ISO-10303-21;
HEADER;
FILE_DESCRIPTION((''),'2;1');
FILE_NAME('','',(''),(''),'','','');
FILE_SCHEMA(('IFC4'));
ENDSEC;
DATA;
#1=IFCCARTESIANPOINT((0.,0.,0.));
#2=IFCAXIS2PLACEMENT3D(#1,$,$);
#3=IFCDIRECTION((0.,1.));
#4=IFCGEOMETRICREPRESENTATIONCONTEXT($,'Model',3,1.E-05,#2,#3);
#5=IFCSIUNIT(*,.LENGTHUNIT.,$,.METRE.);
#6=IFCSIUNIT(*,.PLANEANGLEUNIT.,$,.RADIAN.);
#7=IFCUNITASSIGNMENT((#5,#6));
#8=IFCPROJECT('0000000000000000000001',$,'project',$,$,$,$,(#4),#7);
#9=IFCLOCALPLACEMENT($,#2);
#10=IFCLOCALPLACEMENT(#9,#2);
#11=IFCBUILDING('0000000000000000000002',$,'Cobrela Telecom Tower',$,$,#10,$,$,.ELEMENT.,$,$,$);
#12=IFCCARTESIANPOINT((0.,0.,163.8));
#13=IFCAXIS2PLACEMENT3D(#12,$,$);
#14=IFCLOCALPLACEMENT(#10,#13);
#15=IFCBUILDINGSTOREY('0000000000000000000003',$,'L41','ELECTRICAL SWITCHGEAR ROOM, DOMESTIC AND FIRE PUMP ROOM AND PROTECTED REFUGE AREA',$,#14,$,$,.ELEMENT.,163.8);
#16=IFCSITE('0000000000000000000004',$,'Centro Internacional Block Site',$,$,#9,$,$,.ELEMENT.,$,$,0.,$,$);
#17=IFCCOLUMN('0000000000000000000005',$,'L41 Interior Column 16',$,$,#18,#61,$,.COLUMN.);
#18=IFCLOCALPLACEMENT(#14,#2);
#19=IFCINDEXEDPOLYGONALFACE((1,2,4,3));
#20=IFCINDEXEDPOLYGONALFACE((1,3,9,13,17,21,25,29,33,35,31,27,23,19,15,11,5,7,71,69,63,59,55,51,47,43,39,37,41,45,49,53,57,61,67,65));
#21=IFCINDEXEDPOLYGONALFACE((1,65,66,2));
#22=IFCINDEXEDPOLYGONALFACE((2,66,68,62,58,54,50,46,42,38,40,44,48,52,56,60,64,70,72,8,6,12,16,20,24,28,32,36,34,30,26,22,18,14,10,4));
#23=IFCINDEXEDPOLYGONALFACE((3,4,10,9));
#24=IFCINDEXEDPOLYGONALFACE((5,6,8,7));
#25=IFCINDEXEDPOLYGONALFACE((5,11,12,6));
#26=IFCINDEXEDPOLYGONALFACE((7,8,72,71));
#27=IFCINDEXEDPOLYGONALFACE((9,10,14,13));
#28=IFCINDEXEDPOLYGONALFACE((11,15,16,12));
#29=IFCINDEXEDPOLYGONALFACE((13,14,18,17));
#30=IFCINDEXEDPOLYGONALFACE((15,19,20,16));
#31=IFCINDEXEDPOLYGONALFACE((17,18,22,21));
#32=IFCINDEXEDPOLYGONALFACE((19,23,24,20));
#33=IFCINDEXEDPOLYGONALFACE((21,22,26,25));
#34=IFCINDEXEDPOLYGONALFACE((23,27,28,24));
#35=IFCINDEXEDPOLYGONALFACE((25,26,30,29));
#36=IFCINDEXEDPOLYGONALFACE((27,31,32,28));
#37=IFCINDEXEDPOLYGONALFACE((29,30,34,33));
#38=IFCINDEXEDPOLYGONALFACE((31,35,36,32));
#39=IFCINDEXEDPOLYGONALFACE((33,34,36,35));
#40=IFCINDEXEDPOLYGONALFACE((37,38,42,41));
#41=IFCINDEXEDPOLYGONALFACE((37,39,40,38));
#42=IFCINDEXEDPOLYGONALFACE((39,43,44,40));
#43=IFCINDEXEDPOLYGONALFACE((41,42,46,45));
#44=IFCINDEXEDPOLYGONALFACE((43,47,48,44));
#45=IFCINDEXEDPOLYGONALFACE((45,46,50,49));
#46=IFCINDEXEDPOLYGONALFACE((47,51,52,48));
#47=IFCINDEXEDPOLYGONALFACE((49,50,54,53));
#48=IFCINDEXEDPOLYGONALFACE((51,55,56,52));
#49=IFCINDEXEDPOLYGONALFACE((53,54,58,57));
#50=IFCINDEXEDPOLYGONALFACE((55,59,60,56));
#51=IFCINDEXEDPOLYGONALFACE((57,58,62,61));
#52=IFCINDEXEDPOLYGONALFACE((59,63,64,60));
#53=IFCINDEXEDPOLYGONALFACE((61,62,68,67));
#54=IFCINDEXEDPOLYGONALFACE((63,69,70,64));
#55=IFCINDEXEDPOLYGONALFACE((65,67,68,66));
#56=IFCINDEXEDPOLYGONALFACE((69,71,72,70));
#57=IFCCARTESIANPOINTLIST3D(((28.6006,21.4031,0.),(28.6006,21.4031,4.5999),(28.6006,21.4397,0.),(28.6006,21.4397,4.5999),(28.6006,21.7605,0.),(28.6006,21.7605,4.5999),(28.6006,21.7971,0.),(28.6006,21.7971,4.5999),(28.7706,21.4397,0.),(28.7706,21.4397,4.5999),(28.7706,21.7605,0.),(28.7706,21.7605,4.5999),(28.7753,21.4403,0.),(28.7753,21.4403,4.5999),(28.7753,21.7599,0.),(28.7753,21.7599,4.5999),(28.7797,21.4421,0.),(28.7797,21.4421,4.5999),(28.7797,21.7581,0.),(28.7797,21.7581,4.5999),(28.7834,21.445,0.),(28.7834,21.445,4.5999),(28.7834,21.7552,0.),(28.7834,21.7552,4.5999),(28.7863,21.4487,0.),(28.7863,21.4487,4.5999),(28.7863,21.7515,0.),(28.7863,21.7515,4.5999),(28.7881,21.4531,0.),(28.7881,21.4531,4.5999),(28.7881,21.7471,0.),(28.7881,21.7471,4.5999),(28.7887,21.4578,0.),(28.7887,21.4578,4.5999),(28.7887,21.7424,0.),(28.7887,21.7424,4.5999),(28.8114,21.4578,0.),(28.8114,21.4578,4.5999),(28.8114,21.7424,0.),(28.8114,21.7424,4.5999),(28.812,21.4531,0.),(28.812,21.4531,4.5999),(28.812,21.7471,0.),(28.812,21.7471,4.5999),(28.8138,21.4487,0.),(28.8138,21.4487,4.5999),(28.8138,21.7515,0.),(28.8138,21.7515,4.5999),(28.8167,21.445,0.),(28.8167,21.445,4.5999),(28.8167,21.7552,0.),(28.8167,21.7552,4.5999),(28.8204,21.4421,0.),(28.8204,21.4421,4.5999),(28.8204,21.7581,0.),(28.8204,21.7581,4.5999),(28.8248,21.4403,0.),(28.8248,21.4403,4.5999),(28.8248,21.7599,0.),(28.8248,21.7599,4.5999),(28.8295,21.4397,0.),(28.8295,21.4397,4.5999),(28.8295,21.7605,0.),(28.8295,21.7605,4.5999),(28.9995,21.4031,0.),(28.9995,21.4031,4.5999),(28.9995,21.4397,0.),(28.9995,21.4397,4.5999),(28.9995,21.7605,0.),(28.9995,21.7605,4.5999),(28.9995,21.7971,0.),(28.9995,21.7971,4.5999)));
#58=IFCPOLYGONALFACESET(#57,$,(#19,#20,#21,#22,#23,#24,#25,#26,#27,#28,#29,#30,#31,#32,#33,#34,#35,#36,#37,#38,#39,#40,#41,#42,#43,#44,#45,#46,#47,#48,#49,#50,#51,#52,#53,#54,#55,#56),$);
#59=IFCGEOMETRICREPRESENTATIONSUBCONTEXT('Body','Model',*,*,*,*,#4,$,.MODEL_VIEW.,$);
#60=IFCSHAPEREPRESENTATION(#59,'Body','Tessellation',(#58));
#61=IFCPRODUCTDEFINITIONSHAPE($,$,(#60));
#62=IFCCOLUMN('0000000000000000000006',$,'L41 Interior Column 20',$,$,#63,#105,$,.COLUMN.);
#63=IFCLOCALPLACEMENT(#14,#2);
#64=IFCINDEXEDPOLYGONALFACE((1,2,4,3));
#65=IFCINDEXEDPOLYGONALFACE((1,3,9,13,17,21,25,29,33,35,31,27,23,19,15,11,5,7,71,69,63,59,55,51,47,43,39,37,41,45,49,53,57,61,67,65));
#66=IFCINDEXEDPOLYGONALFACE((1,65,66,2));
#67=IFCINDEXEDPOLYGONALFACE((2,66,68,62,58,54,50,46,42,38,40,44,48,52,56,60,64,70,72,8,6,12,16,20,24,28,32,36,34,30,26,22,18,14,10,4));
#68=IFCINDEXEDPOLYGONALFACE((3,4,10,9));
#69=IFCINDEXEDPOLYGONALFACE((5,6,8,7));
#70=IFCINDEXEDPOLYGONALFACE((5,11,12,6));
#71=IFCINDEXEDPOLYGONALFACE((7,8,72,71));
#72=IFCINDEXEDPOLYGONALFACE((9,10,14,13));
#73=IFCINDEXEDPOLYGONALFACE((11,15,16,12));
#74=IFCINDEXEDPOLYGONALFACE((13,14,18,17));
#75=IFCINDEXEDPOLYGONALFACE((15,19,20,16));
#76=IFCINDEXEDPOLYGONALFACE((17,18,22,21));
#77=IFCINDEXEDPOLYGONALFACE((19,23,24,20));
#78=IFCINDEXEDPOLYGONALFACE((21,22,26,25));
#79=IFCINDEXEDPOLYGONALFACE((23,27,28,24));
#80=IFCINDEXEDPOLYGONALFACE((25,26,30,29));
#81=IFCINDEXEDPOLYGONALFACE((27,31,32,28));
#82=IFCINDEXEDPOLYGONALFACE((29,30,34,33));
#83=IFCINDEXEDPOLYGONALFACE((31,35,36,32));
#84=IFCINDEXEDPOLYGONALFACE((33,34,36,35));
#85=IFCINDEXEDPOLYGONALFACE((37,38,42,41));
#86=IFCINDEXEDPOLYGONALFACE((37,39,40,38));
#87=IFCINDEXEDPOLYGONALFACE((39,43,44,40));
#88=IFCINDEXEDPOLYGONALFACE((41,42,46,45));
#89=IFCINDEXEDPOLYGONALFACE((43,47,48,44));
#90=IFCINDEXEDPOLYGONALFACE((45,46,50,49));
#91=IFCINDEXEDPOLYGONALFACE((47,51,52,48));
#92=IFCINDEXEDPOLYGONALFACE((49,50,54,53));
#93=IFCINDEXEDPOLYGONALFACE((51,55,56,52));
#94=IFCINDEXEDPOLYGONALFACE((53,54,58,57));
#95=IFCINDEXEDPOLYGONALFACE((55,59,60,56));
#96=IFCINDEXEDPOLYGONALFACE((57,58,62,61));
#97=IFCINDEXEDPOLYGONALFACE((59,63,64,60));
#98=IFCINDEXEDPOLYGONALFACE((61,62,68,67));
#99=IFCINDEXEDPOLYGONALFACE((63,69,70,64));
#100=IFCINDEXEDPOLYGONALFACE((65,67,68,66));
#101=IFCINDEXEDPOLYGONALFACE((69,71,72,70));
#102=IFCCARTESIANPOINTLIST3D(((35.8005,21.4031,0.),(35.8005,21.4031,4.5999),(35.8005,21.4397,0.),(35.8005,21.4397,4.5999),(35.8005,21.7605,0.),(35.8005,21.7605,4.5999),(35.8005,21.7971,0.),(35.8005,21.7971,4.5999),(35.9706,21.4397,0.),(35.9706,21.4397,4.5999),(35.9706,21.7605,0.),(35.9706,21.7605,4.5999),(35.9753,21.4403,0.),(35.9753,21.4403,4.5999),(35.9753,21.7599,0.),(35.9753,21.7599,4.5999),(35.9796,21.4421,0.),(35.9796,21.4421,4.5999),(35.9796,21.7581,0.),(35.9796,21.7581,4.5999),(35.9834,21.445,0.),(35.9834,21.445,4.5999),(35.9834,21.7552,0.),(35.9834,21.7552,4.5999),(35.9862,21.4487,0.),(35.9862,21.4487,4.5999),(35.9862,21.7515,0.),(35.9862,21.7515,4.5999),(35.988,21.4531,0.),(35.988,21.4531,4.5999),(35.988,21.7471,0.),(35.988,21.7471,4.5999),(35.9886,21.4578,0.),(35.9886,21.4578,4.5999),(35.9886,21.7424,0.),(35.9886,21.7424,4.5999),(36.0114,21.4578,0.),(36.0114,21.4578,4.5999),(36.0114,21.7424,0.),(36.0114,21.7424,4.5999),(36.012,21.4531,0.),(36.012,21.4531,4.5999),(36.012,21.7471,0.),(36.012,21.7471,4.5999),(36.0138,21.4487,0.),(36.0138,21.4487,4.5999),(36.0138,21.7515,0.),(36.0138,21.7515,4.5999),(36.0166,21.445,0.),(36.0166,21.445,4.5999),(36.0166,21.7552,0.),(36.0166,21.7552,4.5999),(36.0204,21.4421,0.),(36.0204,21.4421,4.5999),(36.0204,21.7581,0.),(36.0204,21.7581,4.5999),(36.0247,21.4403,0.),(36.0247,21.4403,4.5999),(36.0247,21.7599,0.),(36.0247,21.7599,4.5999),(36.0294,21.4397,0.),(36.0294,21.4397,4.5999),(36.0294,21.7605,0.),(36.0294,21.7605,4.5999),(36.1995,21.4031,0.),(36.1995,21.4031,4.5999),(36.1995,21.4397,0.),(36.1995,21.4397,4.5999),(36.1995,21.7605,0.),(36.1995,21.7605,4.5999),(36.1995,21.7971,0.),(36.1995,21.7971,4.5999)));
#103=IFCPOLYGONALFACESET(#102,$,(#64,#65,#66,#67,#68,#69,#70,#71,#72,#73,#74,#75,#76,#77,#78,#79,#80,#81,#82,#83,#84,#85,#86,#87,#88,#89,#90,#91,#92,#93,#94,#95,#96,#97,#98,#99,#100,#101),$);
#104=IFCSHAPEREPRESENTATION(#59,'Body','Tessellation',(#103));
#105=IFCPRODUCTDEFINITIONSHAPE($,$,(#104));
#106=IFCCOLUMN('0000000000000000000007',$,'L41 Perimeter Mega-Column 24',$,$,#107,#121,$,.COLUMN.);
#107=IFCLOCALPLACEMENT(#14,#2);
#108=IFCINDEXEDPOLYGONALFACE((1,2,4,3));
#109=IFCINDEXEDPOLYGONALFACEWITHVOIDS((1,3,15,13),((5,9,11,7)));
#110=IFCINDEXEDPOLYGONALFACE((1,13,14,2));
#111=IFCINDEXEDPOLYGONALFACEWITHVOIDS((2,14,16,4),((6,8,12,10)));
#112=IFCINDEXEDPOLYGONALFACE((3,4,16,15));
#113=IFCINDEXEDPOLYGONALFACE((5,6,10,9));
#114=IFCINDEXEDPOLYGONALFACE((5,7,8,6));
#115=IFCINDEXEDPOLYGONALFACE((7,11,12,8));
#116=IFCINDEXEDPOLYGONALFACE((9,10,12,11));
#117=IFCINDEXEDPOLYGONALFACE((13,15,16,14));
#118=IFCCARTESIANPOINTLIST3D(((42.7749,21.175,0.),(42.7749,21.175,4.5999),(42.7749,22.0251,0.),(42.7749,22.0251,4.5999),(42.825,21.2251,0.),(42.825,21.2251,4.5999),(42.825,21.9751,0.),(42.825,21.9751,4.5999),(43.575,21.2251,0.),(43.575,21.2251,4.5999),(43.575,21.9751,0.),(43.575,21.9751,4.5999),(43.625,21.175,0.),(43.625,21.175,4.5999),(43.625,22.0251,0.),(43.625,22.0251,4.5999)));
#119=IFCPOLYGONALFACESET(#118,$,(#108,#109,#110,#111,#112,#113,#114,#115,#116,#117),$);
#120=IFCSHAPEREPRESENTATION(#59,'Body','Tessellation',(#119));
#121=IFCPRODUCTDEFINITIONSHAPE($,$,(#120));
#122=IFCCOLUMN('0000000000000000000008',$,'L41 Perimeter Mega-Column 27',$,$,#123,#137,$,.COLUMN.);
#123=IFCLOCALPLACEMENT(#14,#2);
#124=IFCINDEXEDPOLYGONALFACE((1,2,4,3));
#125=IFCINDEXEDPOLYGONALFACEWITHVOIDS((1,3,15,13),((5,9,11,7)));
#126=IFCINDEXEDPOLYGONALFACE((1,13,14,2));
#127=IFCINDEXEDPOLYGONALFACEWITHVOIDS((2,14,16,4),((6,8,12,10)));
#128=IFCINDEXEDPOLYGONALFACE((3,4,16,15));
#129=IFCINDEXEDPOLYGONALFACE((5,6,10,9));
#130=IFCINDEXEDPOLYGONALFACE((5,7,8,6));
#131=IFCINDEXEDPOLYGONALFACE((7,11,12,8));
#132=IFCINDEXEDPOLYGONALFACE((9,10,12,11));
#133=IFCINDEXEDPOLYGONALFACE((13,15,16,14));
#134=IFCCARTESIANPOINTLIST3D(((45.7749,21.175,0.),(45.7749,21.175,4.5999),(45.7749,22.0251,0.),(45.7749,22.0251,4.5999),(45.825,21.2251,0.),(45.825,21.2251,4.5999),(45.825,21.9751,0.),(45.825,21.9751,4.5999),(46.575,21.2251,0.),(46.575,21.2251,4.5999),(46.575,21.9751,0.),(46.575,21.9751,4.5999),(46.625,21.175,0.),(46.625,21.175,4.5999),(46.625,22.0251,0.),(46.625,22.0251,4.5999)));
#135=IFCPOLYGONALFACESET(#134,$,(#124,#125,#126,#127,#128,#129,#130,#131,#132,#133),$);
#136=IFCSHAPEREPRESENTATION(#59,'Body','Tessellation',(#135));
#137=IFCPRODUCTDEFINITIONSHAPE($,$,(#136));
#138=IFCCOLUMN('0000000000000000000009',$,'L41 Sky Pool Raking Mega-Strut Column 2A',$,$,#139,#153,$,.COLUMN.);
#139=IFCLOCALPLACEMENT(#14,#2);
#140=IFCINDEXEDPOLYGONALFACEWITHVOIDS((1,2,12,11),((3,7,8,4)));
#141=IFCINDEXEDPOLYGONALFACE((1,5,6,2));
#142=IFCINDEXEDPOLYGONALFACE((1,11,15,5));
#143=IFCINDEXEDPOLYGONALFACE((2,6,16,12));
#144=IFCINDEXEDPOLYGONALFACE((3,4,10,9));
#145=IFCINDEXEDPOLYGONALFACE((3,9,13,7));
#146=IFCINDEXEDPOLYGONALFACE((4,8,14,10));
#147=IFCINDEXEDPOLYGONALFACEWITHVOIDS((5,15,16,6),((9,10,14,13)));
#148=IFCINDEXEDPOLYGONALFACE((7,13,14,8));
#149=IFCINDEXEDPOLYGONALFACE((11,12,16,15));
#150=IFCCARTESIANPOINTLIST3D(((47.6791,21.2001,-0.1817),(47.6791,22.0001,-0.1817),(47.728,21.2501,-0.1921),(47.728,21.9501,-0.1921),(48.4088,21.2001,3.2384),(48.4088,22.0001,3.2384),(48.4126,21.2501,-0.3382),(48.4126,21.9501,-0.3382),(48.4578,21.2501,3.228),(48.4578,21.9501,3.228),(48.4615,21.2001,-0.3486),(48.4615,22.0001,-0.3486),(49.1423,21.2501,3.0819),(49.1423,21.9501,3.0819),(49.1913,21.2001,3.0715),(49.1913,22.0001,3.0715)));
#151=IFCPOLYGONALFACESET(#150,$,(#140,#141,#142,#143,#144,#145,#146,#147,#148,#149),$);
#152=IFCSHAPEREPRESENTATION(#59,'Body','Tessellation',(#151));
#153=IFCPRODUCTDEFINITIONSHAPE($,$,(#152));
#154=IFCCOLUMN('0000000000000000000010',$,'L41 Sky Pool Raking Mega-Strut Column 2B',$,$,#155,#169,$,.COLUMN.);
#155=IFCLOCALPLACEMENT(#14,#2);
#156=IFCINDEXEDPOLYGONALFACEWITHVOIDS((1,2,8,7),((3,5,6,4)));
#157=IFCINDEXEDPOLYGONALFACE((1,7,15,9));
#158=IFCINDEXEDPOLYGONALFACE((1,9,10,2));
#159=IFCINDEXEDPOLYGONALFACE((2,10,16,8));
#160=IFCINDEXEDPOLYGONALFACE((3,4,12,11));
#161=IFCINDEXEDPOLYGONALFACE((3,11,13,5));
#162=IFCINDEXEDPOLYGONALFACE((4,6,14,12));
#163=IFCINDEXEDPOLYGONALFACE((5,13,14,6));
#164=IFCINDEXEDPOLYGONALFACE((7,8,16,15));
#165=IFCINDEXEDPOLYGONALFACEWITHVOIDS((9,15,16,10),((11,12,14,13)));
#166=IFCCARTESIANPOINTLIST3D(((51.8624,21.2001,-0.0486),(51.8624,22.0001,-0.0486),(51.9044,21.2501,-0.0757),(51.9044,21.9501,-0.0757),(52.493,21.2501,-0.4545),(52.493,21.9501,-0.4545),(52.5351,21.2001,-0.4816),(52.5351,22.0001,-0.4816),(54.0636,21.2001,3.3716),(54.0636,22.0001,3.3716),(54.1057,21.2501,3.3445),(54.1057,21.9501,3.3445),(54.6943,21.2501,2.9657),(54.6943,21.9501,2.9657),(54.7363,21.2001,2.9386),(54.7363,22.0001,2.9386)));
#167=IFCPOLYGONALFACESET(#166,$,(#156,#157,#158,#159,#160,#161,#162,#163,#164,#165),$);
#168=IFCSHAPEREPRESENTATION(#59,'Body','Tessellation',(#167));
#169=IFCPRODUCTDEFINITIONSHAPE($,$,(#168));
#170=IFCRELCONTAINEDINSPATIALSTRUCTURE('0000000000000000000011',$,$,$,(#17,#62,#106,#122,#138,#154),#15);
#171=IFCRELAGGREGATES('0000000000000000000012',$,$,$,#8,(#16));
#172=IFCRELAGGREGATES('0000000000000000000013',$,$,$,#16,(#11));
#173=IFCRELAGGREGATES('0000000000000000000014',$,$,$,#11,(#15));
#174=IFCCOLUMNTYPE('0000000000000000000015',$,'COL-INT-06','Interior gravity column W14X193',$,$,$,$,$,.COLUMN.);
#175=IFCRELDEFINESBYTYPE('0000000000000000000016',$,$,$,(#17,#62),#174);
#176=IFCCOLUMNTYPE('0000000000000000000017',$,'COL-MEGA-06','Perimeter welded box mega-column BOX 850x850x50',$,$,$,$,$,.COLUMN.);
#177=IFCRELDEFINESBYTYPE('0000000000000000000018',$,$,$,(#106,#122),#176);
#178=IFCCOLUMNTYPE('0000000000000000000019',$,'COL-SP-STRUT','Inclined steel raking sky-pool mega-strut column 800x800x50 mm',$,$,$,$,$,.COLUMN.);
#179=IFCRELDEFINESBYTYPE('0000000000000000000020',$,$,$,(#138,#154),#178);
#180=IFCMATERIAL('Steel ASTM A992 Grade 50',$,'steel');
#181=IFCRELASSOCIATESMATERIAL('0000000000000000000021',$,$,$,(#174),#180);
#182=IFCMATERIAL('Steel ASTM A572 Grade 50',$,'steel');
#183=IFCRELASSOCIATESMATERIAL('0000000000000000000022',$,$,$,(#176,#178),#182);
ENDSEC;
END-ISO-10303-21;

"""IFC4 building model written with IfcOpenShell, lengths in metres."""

from ifc_helpers import new_model, si_unit, direction, frame, origin, origin_2d, place, context, subcontext, project, spatial, hollow_rectangle, i_section, extrude, material, material_profile, profile_set, type_object, element, save


model = new_model("IFC4")

# Units and contexts
model_context = context("Model", 3, precision=1e-05, world=origin(), true_north=direction((0.0, 1.0)))
body_context = subcontext(model_context, "Body", "Model", "MODEL_VIEW")
ifc_project = project(units=[si_unit("LENGTHUNIT", "METRE"), si_unit("PLANEANGLEUNIT", "RADIAN")], contexts=[model_context])

# Site, building, storey
site_placement = place(None, origin())
site = spatial("IfcSite", under=ifc_project, at=site_placement, Name="Centro Internacional Block Site", CompositionType="ELEMENT", RefElevation=0.0)
building_placement = place(site_placement, origin())
building = spatial("IfcBuilding", under=site, at=building_placement, Name="Cobrela Telecom Tower", CompositionType="ELEMENT")
storey_placement = place(building_placement, frame((0.0, 0.0, 163.8)))
storey = spatial("IfcBuildingStorey", under=building, at=storey_placement, Name="L41", Description="ELECTRICAL SWITCHGEAR ROOM, DOMESTIC AND FIRE PUMP ROOM AND PROTECTED REFUGE AREA", CompositionType="ELEMENT", Elevation=163.8)

# Columns
ifc_material_1 = material(Name="Steel ASTM A992 Grade 50", Category="steel")
ifc_material_profile_1 = material_profile(ifc_material_1, i_section(OverallWidth=0.3989, OverallDepth=0.394, WebThickness=0.0227, FlangeThickness=0.0366, FilletRadius=0.0181, at=origin_2d()), Name="W14X193")
ifc_profile_set_1 = profile_set([ifc_material_profile_1], Name="Steel ASTM A992 Grade 50")
column_type_1 = type_object("IfcColumnType", Name="COL-INT-06", Description="Interior gravity column W14X193", PredefinedType="COLUMN", material=ifc_profile_set_1)
for number, where, z_axis, x_axis, name in (
    (1, (28.8, 21.6001, 0.0), (0.0, 0.0, 1.0), (1.0, 0.0, 0.0), "L41 Interior Column 16"),
    (2, (36.0, 21.6001, 0.0), (0.0, 0.0, 1.0), (1.0, 0.0, 0.0), "L41 Interior Column 20"),
):
    element("IfcColumn", number, at=place(storey_placement, frame(where, z_axis=z_axis, x_axis=x_axis)), inside=storey, type_object=column_type_1, Name=name, PredefinedType="COLUMN", context=body_context, shape_type="SweptSolid", body=[
        extrude(i_section(OverallWidth=0.3989, OverallDepth=0.394, WebThickness=0.0227, FlangeThickness=0.0366, FilletRadius=0.0181, at=origin_2d()), origin(), (0.0, 0.0, 1.0), 4.5999),
    ])
ifc_material_2 = material(Name="Steel ASTM A572 Grade 50", Category="steel")
ifc_material_profile_2 = material_profile(ifc_material_2, hollow_rectangle(XDim=0.8501, YDim=0.8501, WallThickness=0.05, at=origin_2d()), Name="BOX 850x850x50")
ifc_profile_set_2 = profile_set([ifc_material_profile_2], Name="Steel ASTM A572 Grade 50")
column_type_2 = type_object("IfcColumnType", Name="COL-MEGA-06", Description="Perimeter welded box mega-column BOX 850x850x50", PredefinedType="COLUMN", material=ifc_profile_set_2)
for number, where, z_axis, x_axis, name in (
    (3, (43.2, 21.6001, 0.0), (0.0, 0.0, 1.0), (1.0, 0.0, 0.0), "L41 Perimeter Mega-Column 24"),
    (4, (46.2, 21.6001, 0.0), (0.0, 0.0, 1.0), (1.0, 0.0, 0.0), "L41 Perimeter Mega-Column 27"),
):
    element("IfcColumn", number, at=place(storey_placement, frame(where, z_axis=z_axis, x_axis=x_axis)), inside=storey, type_object=column_type_2, Name=name, PredefinedType="COLUMN", context=body_context, shape_type="SweptSolid", body=[
        extrude(hollow_rectangle(XDim=0.8501, YDim=0.8501, WallThickness=0.05, at=origin_2d()), origin(), (0.0, 0.0, 1.0), 4.5999),
    ])
ifc_material_profile_3 = material_profile(ifc_material_2, hollow_rectangle(XDim=0.8, YDim=0.8, WallThickness=0.05, at=origin_2d()), Name="BOX 800x800x50")
ifc_profile_set_3 = profile_set([ifc_material_profile_3], Name="Steel ASTM A572 Grade 50")
column_type_3 = type_object("IfcColumnType", Name="COL-SP-STRUT", Description="Inclined steel raking sky-pool mega-strut column 800x800x50 mm", PredefinedType="COLUMN", material=ifc_profile_set_3)
column_1_placement = place(storey_placement, frame((48.0703, 21.6001, -0.2651), z_axis=(0.208666, 0.0, 0.977987), x_axis=(0.0, 1.0, 0.0)))
element("IfcColumn", 5, at=column_1_placement, inside=storey, type_object=column_type_3, Name="L41 Sky Pool Raking Mega-Strut Column 2A", PredefinedType="COLUMN", context=body_context, shape_type="SweptSolid", body=[
    extrude(hollow_rectangle(XDim=0.8, YDim=0.8, WallThickness=0.05, at=origin_2d()), origin(), (0.0, 0.0, 1.0), 3.4971),
])
column_2_placement = place(storey_placement, frame((52.1987, 21.6001, -0.2651), z_axis=(0.541191, 0.0, 0.840899), x_axis=(0.0, 1.0, 0.0)))
element("IfcColumn", 6, at=column_2_placement, inside=storey, type_object=column_type_3, Name="L41 Sky Pool Raking Mega-Strut Column 2B", PredefinedType="COLUMN", context=body_context, shape_type="SweptSolid", body=[
    extrude(hollow_rectangle(XDim=0.8, YDim=0.8, WallThickness=0.05, at=origin_2d()), origin(), (0.0, 0.0, 1.0), 4.0674),
])

save(model, "model.ifc")
